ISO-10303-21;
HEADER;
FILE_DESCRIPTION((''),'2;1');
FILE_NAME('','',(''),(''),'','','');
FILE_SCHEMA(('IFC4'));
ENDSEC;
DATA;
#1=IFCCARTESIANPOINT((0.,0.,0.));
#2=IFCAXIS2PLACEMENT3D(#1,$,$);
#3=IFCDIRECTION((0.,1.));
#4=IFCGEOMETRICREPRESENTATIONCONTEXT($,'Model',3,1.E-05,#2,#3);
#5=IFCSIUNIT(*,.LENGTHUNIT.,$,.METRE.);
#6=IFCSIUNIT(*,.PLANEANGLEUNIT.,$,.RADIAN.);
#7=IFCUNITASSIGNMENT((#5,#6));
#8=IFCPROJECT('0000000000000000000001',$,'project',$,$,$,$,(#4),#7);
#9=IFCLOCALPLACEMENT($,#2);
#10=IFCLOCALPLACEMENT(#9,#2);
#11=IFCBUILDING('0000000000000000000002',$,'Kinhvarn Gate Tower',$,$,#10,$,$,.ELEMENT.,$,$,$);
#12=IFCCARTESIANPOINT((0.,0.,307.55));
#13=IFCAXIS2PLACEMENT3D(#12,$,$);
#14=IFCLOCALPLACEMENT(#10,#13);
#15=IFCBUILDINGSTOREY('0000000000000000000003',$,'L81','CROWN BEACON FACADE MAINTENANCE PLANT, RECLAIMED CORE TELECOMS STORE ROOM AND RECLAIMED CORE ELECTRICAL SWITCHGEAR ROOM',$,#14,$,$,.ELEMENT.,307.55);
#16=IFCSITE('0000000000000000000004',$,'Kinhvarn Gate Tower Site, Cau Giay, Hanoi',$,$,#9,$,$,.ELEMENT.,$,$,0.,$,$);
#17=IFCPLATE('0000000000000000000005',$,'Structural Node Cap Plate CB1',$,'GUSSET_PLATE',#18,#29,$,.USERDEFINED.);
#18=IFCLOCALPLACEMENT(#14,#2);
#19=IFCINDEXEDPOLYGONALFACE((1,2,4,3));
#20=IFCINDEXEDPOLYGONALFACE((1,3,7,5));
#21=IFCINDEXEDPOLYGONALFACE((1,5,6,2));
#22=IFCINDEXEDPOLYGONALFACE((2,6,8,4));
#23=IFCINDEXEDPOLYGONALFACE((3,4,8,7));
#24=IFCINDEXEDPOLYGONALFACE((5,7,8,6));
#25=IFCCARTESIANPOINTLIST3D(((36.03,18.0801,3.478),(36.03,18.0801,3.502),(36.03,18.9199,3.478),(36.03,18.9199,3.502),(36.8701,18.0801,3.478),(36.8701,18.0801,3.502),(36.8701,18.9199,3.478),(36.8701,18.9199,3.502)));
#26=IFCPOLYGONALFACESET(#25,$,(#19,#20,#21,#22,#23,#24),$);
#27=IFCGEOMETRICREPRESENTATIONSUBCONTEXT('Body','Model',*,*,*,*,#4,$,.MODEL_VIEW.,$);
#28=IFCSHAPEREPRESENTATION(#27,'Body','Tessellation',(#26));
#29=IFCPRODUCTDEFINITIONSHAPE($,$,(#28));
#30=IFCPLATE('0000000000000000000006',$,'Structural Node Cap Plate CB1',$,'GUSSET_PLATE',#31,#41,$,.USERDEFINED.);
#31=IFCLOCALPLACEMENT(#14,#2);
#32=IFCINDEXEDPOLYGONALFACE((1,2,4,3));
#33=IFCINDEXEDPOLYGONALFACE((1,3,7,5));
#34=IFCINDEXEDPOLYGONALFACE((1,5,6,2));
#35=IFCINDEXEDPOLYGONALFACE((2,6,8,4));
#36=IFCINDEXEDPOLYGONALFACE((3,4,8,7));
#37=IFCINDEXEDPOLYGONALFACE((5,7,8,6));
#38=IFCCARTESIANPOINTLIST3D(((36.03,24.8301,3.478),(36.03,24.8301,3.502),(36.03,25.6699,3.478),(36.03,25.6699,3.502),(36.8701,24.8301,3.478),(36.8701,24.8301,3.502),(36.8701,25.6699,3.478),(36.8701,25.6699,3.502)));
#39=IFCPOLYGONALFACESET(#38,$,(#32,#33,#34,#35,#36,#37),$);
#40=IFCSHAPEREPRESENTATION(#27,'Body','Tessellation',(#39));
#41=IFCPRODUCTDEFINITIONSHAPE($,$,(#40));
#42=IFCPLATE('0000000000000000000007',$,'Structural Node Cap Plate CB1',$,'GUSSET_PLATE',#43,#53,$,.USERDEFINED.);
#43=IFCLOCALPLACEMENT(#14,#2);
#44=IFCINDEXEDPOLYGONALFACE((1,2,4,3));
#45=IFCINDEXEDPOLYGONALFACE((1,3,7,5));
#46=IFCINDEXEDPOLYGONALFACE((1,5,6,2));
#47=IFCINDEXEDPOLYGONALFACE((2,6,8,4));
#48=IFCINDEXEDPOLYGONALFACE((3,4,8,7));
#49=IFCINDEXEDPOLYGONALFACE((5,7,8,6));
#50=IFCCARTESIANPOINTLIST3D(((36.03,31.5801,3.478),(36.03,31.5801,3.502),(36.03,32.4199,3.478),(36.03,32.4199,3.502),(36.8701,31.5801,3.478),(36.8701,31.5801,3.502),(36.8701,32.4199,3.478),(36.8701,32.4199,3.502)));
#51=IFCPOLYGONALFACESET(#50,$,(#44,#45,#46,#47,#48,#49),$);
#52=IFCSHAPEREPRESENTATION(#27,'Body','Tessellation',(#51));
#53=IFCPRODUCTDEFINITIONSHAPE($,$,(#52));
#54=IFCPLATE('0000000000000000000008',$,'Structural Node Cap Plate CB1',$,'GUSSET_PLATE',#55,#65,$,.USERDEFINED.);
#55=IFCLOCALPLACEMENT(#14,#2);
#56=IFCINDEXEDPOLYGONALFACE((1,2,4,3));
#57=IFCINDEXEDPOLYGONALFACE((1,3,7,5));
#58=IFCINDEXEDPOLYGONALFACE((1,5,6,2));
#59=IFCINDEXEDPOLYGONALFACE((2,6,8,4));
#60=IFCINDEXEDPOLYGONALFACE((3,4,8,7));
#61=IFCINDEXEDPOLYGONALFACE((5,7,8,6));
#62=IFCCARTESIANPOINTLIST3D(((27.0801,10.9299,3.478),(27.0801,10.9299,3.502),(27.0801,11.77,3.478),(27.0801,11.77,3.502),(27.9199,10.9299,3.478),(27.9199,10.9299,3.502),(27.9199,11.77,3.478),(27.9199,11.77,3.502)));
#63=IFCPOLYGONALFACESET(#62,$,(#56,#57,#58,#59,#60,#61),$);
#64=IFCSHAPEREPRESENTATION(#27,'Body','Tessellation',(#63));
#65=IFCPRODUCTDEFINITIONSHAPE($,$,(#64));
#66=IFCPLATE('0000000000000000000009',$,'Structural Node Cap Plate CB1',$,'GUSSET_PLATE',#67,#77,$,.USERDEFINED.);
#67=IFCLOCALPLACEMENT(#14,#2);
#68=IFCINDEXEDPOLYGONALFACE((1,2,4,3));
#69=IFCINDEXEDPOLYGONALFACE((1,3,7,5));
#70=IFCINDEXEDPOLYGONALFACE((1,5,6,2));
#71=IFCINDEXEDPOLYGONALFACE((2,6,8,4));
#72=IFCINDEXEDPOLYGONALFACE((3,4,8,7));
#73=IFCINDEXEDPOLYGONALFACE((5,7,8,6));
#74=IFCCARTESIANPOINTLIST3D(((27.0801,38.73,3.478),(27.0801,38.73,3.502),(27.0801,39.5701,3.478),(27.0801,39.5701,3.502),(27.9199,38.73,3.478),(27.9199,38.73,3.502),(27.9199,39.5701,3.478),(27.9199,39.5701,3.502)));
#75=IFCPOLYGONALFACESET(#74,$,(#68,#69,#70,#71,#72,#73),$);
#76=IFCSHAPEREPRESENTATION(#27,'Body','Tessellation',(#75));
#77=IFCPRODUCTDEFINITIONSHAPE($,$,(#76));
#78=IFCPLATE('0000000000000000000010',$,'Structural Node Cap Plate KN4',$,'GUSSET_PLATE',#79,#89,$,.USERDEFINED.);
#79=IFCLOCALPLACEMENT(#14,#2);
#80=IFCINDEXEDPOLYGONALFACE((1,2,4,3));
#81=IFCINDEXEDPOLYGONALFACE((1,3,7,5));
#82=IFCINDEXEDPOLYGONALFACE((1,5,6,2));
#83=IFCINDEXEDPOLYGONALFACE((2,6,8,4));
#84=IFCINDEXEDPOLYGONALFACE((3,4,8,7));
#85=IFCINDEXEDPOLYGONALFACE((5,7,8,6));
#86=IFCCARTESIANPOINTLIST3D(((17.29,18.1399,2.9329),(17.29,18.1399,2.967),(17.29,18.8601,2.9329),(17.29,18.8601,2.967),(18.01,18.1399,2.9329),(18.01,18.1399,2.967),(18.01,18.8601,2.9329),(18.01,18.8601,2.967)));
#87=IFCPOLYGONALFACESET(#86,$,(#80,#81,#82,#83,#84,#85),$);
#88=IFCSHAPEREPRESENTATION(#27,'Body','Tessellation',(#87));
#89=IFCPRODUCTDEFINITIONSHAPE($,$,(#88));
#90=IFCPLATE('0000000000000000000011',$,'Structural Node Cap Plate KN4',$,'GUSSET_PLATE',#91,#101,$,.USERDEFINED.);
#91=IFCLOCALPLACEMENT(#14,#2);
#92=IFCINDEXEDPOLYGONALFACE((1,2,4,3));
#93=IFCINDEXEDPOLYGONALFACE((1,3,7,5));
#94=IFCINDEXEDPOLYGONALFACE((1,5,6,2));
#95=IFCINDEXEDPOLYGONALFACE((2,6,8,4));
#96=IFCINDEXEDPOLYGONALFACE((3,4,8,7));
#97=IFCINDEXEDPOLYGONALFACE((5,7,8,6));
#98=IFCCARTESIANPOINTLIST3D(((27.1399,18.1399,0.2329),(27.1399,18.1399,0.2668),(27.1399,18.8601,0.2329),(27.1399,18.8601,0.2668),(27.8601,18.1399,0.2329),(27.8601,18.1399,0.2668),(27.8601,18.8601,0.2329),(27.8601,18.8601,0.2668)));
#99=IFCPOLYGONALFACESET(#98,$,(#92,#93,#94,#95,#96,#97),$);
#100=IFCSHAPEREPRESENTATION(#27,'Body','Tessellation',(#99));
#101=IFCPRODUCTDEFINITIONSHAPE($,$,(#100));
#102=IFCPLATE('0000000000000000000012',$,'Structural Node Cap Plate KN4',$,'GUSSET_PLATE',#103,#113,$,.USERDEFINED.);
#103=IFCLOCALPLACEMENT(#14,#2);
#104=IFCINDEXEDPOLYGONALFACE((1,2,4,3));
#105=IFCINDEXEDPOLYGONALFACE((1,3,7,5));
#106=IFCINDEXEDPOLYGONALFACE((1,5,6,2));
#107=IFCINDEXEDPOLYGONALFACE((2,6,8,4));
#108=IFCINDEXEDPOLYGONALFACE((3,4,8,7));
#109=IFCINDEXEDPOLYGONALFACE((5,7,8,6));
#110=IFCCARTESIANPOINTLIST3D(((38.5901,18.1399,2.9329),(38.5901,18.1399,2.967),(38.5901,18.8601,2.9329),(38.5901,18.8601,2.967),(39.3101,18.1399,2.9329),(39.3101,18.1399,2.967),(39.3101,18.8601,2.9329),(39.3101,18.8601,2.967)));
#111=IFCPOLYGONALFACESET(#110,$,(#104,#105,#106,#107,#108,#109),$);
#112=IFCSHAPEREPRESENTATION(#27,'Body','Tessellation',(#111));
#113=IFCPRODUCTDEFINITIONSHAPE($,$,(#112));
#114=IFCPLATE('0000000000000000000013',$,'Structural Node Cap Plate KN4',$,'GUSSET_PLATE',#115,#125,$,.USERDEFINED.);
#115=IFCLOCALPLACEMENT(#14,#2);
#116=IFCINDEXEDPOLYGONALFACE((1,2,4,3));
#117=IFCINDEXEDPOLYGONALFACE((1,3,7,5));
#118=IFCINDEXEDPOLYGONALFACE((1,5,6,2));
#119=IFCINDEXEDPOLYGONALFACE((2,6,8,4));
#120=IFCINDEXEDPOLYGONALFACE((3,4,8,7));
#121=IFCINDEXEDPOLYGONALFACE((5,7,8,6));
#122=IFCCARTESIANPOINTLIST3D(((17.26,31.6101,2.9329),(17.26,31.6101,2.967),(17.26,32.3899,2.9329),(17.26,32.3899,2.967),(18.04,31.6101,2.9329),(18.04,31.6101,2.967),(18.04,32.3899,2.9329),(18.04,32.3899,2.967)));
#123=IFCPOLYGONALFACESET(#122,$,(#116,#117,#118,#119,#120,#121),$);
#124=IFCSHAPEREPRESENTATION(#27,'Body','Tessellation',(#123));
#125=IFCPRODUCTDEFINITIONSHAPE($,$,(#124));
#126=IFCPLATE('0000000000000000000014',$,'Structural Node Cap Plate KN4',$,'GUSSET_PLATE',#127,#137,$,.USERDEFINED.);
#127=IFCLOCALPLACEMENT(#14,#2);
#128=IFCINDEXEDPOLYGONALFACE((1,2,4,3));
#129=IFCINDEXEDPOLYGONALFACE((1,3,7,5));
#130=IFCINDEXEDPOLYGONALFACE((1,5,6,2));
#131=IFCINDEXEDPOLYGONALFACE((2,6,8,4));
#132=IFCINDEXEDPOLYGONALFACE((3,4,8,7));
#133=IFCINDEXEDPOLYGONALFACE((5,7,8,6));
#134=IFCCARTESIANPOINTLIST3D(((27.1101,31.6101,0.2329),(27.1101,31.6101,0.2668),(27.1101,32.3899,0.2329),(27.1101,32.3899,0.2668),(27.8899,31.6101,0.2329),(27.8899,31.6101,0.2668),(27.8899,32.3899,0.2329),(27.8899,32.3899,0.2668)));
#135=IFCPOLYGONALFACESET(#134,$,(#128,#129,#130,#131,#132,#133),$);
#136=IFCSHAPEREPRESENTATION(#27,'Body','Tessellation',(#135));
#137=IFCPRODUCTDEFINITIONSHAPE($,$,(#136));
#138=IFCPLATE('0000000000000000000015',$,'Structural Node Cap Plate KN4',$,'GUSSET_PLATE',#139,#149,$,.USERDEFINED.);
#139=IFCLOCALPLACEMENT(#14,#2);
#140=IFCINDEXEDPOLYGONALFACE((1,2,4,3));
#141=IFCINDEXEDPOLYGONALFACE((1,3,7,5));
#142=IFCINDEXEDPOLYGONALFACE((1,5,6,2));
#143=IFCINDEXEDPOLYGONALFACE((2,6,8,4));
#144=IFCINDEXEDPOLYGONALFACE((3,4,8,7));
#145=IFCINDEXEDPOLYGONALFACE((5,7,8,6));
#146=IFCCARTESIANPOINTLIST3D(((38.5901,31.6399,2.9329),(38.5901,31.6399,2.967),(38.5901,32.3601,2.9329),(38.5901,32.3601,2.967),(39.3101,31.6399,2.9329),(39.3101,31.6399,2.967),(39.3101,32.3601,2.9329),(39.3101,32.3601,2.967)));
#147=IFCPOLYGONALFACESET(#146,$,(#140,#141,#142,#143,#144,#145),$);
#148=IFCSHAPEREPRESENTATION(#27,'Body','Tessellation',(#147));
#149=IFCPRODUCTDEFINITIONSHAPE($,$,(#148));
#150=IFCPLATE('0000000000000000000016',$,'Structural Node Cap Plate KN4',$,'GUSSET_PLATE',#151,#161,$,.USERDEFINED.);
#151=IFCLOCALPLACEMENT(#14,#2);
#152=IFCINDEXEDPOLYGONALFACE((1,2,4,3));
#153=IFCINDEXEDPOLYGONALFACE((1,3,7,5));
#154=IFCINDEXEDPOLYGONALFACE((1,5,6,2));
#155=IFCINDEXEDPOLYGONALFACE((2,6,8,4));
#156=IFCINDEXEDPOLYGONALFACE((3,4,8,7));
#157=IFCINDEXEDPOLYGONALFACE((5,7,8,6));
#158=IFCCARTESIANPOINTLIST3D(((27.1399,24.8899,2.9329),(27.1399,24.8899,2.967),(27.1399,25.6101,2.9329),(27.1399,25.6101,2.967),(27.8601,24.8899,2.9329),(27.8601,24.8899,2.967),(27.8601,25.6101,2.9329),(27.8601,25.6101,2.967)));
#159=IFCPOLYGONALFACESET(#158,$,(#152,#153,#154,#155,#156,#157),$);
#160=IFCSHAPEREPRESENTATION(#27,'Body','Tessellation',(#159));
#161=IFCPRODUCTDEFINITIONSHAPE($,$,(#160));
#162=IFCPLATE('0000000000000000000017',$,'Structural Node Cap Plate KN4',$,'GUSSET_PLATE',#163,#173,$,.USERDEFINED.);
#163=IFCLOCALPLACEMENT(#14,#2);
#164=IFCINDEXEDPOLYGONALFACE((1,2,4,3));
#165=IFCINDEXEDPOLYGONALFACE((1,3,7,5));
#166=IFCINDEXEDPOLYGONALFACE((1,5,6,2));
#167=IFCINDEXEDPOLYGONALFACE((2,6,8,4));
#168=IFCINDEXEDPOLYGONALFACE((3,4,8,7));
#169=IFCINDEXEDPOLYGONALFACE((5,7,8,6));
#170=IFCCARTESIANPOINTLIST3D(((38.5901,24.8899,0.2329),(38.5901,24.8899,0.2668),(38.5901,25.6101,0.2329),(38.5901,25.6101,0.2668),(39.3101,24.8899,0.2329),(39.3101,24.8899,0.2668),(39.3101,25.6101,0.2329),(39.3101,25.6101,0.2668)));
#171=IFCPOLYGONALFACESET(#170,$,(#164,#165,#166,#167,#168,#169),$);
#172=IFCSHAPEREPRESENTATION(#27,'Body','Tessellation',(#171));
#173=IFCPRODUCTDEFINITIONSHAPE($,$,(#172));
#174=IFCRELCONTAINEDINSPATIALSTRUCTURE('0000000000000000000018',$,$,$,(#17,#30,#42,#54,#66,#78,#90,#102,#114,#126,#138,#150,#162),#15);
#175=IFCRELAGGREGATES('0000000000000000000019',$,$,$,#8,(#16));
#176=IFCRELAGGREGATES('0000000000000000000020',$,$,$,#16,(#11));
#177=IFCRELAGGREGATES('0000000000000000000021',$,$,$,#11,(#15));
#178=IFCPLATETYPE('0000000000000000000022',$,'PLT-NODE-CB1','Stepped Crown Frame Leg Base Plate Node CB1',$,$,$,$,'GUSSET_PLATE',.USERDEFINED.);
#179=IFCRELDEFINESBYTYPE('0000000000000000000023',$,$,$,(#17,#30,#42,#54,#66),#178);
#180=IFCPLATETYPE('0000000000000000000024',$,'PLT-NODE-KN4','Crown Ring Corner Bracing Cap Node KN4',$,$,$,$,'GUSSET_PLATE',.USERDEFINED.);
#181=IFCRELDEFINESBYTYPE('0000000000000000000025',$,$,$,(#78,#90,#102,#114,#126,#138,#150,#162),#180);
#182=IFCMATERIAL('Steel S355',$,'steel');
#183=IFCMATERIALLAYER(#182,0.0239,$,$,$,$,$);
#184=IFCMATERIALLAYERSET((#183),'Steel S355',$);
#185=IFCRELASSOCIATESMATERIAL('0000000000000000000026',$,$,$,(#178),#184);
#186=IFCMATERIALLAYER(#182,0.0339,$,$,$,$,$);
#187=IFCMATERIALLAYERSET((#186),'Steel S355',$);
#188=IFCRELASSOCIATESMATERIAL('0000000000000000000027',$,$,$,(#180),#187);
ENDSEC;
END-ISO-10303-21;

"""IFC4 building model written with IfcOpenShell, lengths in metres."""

from ifc_helpers import new_model, si_unit, direction, frame, origin, place, context, subcontext, project, spatial, polyline, outline, extrude, material, layer, layer_set, type_object, element, save


model = new_model("IFC4")

# Units and contexts
model_context = context("Model", 3, precision=1e-05, world=origin(), true_north=direction((0.0, 1.0)))
body_context = subcontext(model_context, "Body", "Model", "MODEL_VIEW")
ifc_project = project(units=[si_unit("LENGTHUNIT", "METRE"), si_unit("PLANEANGLEUNIT", "RADIAN")], contexts=[model_context])

# Site, building, storey
site_placement = place(None, origin())
site = spatial("IfcSite", under=ifc_project, at=site_placement, Name="Kinhvarn Gate Tower Site, Cau Giay, Hanoi", CompositionType="ELEMENT", RefElevation=0.0)
building_placement = place(site_placement, origin())
building = spatial("IfcBuilding", under=site, at=building_placement, Name="Kinhvarn Gate Tower", CompositionType="ELEMENT")
storey_placement = place(building_placement, frame((0.0, 0.0, 307.55)))
storey = spatial("IfcBuildingStorey", under=building, at=storey_placement, Name="L81", Description="CROWN BEACON FACADE MAINTENANCE PLANT, RECLAIMED CORE TELECOMS STORE ROOM AND RECLAIMED CORE ELECTRICAL SWITCHGEAR ROOM", CompositionType="ELEMENT", Elevation=307.55)

# Plates
ifc_material_1 = material(Name="Steel S355", Category="steel")
ifc_layer_1 = layer(ifc_material_1, 0.0239)
ifc_layer_set_1 = layer_set([ifc_layer_1], Name="Steel S355")
plate_type_1 = type_object("IfcPlateType", Name="PLT-NODE-CB1", Description="Stepped Crown Frame Leg Base Plate Node CB1", ElementType="GUSSET_PLATE", PredefinedType="USERDEFINED", material=ifc_layer_set_1)
plate_1_placement = place(storey_placement, frame((0.0, 0.0, 3.478)))
element("IfcPlate", 1, at=plate_1_placement, inside=storey, type_object=plate_type_1, Name="Structural Node Cap Plate CB1", ObjectType="GUSSET_PLATE", PredefinedType="USERDEFINED", context=body_context, shape_type="SweptSolid", body=[
    extrude(outline(polyline([(36.03, 18.0801), (36.8701, 18.0801), (36.8701, 18.9199), (36.03, 18.9199), (36.03, 18.0801)])), origin(), (0.0, 0.0, 1.0), 0.0239),
])
plate_2_placement = place(storey_placement, frame((0.0, 0.0, 3.478)))
element("IfcPlate", 2, at=plate_2_placement, inside=storey, type_object=plate_type_1, Name="Structural Node Cap Plate CB1", ObjectType="GUSSET_PLATE", PredefinedType="USERDEFINED", context=body_context, shape_type="SweptSolid", body=[
    extrude(outline(polyline([(36.03, 24.8301), (36.8701, 24.8301), (36.8701, 25.6699), (36.03, 25.6699), (36.03, 24.8301)])), origin(), (0.0, 0.0, 1.0), 0.0239),
])
plate_3_placement = place(storey_placement, frame((0.0, 0.0, 3.478)))
element("IfcPlate", 3, at=plate_3_placement, inside=storey, type_object=plate_type_1, Name="Structural Node Cap Plate CB1", ObjectType="GUSSET_PLATE", PredefinedType="USERDEFINED", context=body_context, shape_type="SweptSolid", body=[
    extrude(outline(polyline([(36.03, 31.5801), (36.8701, 31.5801), (36.8701, 32.4199), (36.03, 32.4199), (36.03, 31.5801)])), origin(), (0.0, 0.0, 1.0), 0.0239),
])
plate_4_placement = place(storey_placement, frame((0.0, 0.0, 3.478)))
element("IfcPlate", 4, at=plate_4_placement, inside=storey, type_object=plate_type_1, Name="Structural Node Cap Plate CB1", ObjectType="GUSSET_PLATE", PredefinedType="USERDEFINED", context=body_context, shape_type="SweptSolid", body=[
    extrude(outline(polyline([(27.0801, 10.9299), (27.9199, 10.9299), (27.9199, 11.77), (27.0801, 11.77), (27.0801, 10.9299)])), origin(), (0.0, 0.0, 1.0), 0.0239),
])
plate_5_placement = place(storey_placement, frame((0.0, 0.0, 3.478)))
element("IfcPlate", 5, at=plate_5_placement, inside=storey, type_object=plate_type_1, Name="Structural Node Cap Plate CB1", ObjectType="GUSSET_PLATE", PredefinedType="USERDEFINED", context=body_context, shape_type="SweptSolid", body=[
    extrude(outline(polyline([(27.0801, 38.73), (27.9199, 38.73), (27.9199, 39.5701), (27.0801, 39.5701), (27.0801, 38.73)])), origin(), (0.0, 0.0, 1.0), 0.0239),
])
ifc_layer_2 = layer(ifc_material_1, 0.0339)
ifc_layer_set_2 = layer_set([ifc_layer_2], Name="Steel S355")
plate_type_2 = type_object("IfcPlateType", Name="PLT-NODE-KN4", Description="Crown Ring Corner Bracing Cap Node KN4", ElementType="GUSSET_PLATE", PredefinedType="USERDEFINED", material=ifc_layer_set_2)
plate_6_placement = place(storey_placement, frame((0.0, 0.0, 2.9329)))
element("IfcPlate", 6, at=plate_6_placement, inside=storey, type_object=plate_type_2, Name="Structural Node Cap Plate KN4", ObjectType="GUSSET_PLATE", PredefinedType="USERDEFINED", context=body_context, shape_type="SweptSolid", body=[
    extrude(outline(polyline([(17.29, 18.1399), (18.01, 18.1399), (18.01, 18.8601), (17.29, 18.8601), (17.29, 18.1399)])), origin(), (0.0, 0.0, 1.0), 0.0342),
])
plate_7_placement = place(storey_placement, frame((0.0, 0.0, 0.2329)))
element("IfcPlate", 7, at=plate_7_placement, inside=storey, type_object=plate_type_2, Name="Structural Node Cap Plate KN4", ObjectType="GUSSET_PLATE", PredefinedType="USERDEFINED", context=body_context, shape_type="SweptSolid", body=[
    extrude(outline(polyline([(27.1399, 18.1399), (27.8601, 18.1399), (27.8601, 18.8601), (27.1399, 18.8601), (27.1399, 18.1399)])), origin(), (0.0, 0.0, 1.0), 0.0339),
])
plate_8_placement = place(storey_placement, frame((0.0, 0.0, 2.9329)))
element("IfcPlate", 8, at=plate_8_placement, inside=storey, type_object=plate_type_2, Name="Structural Node Cap Plate KN4", ObjectType="GUSSET_PLATE", PredefinedType="USERDEFINED", context=body_context, shape_type="SweptSolid", body=[
    extrude(outline(polyline([(38.5901, 18.1399), (39.3101, 18.1399), (39.3101, 18.8601), (38.5901, 18.8601), (38.5901, 18.1399)])), origin(), (0.0, 0.0, 1.0), 0.0342),
])
plate_9_placement = place(storey_placement, frame((0.0, 0.0, 2.9329)))
element("IfcPlate", 9, at=plate_9_placement, inside=storey, type_object=plate_type_2, Name="Structural Node Cap Plate KN4", ObjectType="GUSSET_PLATE", PredefinedType="USERDEFINED", context=body_context, shape_type="SweptSolid", body=[
    extrude(outline(polyline([(17.26, 31.6101), (18.04, 31.6101), (18.04, 32.3899), (17.26, 32.3899), (17.26, 31.6101)])), origin(), (0.0, 0.0, 1.0), 0.0342),
])
plate_10_placement = place(storey_placement, frame((0.0, 0.0, 0.2329)))
element("IfcPlate", 10, at=plate_10_placement, inside=storey, type_object=plate_type_2, Name="Structural Node Cap Plate KN4", ObjectType="GUSSET_PLATE", PredefinedType="USERDEFINED", context=body_context, shape_type="SweptSolid", body=[
    extrude(outline(polyline([(27.1101, 31.6101), (27.8899, 31.6101), (27.8899, 32.3899), (27.1101, 32.3899), (27.1101, 31.6101)])), origin(), (0.0, 0.0, 1.0), 0.0339),
])
plate_11_placement = place(storey_placement, frame((0.0, 0.0, 2.9329)))
element("IfcPlate", 11, at=plate_11_placement, inside=storey, type_object=plate_type_2, Name="Structural Node Cap Plate KN4", ObjectType="GUSSET_PLATE", PredefinedType="USERDEFINED", context=body_context, shape_type="SweptSolid", body=[
    extrude(outline(polyline([(38.5901, 31.6399), (39.3101, 31.6399), (39.3101, 32.3601), (38.5901, 32.3601), (38.5901, 31.6399)])), origin(), (0.0, 0.0, 1.0), 0.0342),
])
plate_12_placement = place(storey_placement, frame((0.0, 0.0, 2.9329)))
element("IfcPlate", 12, at=plate_12_placement, inside=storey, type_object=plate_type_2, Name="Structural Node Cap Plate KN4", ObjectType="GUSSET_PLATE", PredefinedType="USERDEFINED", context=body_context, shape_type="SweptSolid", body=[
    extrude(outline(polyline([(27.1399, 24.8899), (27.8601, 24.8899), (27.8601, 25.6101), (27.1399, 25.6101), (27.1399, 24.8899)])), origin(), (0.0, 0.0, 1.0), 0.0342),
])
plate_13_placement = place(storey_placement, frame((0.0, 0.0, 0.2329)))
element("IfcPlate", 13, at=plate_13_placement, inside=storey, type_object=plate_type_2, Name="Structural Node Cap Plate KN4", ObjectType="GUSSET_PLATE", PredefinedType="USERDEFINED", context=body_context, shape_type="SweptSolid", body=[
    extrude(outline(polyline([(38.5901, 24.8899), (39.3101, 24.8899), (39.3101, 25.6101), (38.5901, 25.6101), (38.5901, 24.8899)])), origin(), (0.0, 0.0, 1.0), 0.0339),
])

save(model, "model.ifc")
